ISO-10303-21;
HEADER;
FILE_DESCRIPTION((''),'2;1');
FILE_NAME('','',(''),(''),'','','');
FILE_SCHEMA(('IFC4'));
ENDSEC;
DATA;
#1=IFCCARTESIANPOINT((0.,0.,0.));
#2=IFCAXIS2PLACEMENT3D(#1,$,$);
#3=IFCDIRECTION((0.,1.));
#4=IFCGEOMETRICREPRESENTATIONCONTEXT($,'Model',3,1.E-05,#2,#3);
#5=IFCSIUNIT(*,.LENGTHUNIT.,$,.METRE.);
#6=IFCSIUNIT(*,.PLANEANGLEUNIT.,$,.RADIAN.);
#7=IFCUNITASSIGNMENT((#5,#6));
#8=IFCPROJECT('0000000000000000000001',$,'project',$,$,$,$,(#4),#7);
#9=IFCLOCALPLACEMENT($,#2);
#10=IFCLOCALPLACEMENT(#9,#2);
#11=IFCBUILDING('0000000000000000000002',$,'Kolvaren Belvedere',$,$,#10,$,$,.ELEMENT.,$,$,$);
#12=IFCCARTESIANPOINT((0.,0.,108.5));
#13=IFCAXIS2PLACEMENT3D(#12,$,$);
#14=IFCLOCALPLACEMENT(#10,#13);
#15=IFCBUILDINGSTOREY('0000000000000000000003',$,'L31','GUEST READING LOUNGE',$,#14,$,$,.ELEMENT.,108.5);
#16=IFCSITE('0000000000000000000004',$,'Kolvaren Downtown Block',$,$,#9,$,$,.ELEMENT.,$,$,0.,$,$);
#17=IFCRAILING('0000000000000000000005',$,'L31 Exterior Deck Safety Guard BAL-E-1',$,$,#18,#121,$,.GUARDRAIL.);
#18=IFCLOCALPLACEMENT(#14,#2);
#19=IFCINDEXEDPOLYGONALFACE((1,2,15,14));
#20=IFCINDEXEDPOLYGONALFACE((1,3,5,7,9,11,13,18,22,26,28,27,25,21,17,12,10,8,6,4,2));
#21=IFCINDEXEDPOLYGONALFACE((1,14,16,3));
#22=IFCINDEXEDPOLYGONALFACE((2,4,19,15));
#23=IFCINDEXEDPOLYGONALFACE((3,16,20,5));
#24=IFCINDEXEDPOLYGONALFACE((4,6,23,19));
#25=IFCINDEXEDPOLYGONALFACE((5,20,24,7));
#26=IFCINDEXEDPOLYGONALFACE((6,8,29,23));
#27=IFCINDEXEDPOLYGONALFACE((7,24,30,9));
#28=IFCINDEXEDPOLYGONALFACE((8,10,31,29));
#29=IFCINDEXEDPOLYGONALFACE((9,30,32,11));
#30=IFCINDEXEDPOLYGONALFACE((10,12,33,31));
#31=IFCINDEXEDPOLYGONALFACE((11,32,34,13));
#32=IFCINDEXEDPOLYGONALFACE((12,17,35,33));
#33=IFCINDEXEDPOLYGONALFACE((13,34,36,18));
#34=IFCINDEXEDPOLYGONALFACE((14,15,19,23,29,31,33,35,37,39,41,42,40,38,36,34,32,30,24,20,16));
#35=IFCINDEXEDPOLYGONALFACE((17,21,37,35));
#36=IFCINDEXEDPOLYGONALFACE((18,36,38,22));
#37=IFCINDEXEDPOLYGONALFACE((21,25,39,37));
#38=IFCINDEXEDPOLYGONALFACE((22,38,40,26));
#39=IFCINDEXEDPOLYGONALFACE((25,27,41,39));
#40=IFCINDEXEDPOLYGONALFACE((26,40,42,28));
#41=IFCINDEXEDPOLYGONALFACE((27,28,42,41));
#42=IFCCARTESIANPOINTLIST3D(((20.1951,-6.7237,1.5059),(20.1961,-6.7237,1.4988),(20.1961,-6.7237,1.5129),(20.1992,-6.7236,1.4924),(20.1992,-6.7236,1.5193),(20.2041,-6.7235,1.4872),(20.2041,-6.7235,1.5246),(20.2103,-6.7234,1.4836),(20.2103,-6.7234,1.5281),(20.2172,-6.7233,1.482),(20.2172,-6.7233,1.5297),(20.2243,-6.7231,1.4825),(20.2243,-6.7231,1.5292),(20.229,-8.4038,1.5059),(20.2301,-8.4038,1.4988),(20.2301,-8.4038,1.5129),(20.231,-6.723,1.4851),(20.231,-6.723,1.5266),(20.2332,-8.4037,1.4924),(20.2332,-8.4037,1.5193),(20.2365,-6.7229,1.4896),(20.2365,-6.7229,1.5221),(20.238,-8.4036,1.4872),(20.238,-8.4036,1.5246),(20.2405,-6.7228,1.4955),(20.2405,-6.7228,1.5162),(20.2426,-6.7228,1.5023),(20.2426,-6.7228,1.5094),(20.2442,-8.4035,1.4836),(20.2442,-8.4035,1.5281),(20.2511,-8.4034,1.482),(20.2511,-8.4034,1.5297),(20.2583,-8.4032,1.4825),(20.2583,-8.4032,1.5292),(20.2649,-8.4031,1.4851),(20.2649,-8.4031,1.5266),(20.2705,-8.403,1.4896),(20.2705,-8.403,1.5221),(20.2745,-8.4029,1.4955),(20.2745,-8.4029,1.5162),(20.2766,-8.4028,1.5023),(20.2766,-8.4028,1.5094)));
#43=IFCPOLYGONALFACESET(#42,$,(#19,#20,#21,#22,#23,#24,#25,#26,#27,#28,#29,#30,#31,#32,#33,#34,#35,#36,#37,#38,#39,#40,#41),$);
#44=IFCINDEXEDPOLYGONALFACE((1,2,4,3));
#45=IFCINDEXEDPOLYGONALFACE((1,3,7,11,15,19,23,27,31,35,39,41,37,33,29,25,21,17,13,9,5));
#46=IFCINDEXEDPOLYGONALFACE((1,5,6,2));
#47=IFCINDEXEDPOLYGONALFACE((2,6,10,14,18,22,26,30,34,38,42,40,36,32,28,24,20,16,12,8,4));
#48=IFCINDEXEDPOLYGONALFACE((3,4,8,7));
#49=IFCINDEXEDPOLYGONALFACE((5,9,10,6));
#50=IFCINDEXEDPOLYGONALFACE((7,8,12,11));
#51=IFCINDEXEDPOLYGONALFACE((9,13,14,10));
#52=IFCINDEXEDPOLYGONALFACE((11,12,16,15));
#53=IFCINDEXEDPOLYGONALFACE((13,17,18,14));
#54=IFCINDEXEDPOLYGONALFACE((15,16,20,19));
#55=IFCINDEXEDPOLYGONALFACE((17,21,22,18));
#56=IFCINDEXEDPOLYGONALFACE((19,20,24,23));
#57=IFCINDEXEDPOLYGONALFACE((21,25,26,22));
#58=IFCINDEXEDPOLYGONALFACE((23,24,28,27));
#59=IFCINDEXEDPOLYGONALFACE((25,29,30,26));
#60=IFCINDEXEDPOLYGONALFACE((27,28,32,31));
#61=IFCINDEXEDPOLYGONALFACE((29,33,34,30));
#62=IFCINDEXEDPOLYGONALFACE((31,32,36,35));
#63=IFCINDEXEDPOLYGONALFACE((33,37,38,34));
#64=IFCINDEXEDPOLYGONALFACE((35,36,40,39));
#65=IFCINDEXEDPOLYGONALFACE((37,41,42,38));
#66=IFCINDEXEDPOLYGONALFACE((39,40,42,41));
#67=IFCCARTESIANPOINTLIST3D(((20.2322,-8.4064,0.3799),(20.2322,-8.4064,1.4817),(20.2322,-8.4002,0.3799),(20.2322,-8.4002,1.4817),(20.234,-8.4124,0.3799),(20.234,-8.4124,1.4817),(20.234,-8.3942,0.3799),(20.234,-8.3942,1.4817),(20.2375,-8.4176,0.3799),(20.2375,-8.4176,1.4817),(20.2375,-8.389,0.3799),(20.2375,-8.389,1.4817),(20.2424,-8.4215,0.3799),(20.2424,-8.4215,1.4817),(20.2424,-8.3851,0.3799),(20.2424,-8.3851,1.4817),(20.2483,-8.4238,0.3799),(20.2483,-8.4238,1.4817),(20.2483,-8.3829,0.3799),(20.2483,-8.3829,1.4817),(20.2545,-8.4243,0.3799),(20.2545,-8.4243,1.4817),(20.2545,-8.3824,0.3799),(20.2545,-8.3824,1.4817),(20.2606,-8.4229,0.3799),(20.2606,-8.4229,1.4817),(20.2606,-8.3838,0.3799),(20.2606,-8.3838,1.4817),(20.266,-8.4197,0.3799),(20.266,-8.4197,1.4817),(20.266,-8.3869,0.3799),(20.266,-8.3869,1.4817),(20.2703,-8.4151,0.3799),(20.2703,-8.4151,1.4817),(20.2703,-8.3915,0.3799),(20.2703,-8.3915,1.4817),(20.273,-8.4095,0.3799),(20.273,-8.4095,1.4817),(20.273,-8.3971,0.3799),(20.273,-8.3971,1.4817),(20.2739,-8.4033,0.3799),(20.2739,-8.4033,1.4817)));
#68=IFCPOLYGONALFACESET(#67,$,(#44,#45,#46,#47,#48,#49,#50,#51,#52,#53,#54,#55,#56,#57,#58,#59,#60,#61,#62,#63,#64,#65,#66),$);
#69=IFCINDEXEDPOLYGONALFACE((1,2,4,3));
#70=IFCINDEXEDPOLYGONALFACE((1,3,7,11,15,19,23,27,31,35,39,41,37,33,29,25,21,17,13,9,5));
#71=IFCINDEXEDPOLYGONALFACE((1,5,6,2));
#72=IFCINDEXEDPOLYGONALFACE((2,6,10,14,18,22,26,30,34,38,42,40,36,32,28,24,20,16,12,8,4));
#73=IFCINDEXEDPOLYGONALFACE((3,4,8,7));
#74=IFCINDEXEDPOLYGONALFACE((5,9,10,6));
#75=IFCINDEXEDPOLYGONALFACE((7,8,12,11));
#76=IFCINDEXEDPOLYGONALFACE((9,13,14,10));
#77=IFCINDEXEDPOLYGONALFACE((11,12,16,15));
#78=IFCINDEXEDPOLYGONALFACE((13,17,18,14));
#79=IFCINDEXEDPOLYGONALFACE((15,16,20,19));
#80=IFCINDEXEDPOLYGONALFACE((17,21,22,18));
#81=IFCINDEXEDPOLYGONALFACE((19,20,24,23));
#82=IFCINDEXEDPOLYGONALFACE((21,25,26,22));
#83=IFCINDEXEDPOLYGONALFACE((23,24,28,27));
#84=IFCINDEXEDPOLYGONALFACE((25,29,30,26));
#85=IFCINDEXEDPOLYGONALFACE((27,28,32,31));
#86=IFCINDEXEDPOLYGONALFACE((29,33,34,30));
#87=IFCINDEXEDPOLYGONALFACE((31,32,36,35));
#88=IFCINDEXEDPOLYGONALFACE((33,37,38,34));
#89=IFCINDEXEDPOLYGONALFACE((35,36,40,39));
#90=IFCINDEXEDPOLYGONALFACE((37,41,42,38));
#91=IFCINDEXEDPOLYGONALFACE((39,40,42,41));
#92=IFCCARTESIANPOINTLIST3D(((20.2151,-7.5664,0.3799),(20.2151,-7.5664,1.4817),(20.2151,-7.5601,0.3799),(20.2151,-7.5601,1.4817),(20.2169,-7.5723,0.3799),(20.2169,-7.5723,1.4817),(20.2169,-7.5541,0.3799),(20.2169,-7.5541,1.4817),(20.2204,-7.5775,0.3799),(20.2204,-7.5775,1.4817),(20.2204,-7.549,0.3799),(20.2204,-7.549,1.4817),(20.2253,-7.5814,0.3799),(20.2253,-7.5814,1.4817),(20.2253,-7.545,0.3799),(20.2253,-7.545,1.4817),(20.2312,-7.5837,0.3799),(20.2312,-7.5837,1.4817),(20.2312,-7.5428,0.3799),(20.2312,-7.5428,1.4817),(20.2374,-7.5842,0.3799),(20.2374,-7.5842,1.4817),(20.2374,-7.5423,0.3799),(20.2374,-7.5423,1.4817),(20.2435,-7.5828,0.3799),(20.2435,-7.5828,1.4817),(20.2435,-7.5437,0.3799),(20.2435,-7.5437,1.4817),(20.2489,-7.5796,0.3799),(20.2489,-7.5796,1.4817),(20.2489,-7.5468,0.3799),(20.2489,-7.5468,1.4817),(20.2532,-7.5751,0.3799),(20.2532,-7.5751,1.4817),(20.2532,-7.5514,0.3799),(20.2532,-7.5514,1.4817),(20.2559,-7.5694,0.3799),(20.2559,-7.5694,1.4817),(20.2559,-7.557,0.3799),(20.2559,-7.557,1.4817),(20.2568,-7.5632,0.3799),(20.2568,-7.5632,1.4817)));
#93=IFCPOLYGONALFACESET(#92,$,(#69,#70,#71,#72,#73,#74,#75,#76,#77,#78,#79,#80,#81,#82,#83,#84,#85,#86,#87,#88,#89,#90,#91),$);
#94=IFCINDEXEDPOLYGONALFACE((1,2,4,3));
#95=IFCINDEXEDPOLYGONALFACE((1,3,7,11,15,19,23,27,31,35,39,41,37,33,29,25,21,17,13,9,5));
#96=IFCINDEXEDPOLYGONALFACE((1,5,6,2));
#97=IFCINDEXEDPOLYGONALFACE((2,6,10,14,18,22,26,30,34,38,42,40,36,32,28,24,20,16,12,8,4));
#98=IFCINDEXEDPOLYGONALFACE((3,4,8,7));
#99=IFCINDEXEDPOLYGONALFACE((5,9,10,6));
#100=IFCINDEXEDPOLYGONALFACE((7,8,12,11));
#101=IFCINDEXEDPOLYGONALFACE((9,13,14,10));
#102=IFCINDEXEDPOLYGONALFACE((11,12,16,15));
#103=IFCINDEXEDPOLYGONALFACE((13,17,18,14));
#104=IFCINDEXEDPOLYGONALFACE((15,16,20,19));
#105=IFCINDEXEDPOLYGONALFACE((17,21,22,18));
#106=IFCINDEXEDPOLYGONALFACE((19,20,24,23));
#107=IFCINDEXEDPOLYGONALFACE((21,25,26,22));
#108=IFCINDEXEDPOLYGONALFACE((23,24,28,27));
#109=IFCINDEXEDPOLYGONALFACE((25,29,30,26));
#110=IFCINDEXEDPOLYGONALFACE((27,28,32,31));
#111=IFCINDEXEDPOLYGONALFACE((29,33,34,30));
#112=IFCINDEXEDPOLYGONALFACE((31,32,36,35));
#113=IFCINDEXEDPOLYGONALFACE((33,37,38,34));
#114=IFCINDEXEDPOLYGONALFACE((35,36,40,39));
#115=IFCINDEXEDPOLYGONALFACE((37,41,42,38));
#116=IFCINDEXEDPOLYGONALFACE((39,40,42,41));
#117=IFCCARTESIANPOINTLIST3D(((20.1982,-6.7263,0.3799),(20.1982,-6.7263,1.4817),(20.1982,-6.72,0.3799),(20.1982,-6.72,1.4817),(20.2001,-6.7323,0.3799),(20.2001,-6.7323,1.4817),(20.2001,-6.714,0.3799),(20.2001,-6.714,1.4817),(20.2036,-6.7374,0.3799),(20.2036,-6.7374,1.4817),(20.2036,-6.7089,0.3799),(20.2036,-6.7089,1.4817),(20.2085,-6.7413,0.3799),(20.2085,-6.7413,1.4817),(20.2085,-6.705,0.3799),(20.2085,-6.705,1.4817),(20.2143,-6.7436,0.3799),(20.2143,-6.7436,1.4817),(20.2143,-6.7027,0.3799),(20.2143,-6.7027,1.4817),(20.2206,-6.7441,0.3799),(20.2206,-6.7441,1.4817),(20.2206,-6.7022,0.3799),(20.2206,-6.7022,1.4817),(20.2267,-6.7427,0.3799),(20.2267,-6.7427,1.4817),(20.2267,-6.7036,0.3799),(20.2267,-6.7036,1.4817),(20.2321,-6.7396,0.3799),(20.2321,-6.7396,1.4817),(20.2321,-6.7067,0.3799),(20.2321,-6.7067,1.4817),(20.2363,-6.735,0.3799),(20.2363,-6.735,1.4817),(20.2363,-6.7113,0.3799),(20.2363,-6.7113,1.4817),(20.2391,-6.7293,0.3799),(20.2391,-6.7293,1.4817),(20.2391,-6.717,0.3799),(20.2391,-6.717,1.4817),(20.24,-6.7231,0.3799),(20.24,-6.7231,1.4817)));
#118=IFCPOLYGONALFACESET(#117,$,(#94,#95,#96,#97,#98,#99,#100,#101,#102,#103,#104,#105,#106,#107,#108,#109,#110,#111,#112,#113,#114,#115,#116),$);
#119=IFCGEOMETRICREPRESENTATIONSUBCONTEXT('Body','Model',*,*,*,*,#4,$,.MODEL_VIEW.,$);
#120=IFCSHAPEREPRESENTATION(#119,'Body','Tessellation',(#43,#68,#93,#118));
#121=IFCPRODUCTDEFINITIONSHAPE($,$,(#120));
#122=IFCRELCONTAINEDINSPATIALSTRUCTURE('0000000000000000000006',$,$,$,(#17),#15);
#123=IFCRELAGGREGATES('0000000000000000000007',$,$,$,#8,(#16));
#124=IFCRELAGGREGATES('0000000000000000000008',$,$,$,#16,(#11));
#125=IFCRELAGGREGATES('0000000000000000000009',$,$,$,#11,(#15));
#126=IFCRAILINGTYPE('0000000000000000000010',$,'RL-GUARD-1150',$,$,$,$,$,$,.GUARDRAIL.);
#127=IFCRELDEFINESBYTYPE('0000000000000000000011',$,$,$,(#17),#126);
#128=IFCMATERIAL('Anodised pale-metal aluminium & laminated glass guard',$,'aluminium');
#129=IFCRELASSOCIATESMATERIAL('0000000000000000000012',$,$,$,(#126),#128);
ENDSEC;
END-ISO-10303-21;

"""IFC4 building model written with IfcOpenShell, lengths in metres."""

from ifc_helpers import new_model, si_unit, direction, frame, origin, origin_2d, place, context, subcontext, project, spatial, circle, extrude, material, type_object, element, save


model = new_model("IFC4")

# Units and contexts
model_context = context("Model", 3, precision=1e-05, world=origin(), true_north=direction((0.0, 1.0)))
body_context = subcontext(model_context, "Body", "Model", "MODEL_VIEW")
ifc_project = project(units=[si_unit("LENGTHUNIT", "METRE"), si_unit("PLANEANGLEUNIT", "RADIAN")], contexts=[model_context])

# Site, building, storey
site_placement = place(None, origin())
site = spatial("IfcSite", under=ifc_project, at=site_placement, Name="Kolvaren Downtown Block", CompositionType="ELEMENT", RefElevation=0.0)
building_placement = place(site_placement, origin())
building = spatial("IfcBuilding", under=site, at=building_placement, Name="Kolvaren Belvedere", CompositionType="ELEMENT")
storey_placement = place(building_placement, frame((0.0, 0.0, 108.5)))
storey = spatial("IfcBuildingStorey", under=building, at=storey_placement, Name="L31", Description="GUEST READING LOUNGE", CompositionType="ELEMENT", Elevation=108.5)

# Railing
ifc_material_1 = material(Name="Anodised pale-metal aluminium & laminated glass guard", Category="aluminium")
railing_type = type_object("IfcRailingType", Name="RL-GUARD-1150", PredefinedType="GUARDRAIL", material=ifc_material_1)
railing_1_placement = place(storey_placement, frame((20.2529, -8.4033, 0.3799)))
element("IfcRailing", 1, at=railing_1_placement, inside=storey, type_object=railing_type, Name="L31 Exterior Deck Safety Guard BAL-E-1", PredefinedType="GUARDRAIL", context=body_context, shape_type="SweptSolid", body=[
    extrude(circle(Radius=0.0239, at=origin_2d()), frame((0.0, 0.0, 1.126), z_axis=(-0.020193, 0.999796, 0.0), x_axis=(-0.999796, -0.020193, 0.0)), (0.0, 0.0, 1.0), 1.6804),
    extrude(circle(Radius=0.021, at=origin_2d()), origin(), (0.0, 0.0, 1.0), 1.1018),
    extrude(circle(Radius=0.021, at=origin_2d()), frame((-0.0171, 0.8401, 0.0)), (0.0, 0.0, 1.0), 1.1018),
    extrude(circle(Radius=0.021, at=origin_2d()), frame((-0.0339, 1.6802, 0.0)), (0.0, 0.0, 1.0), 1.1018),
])

save(model, "model.ifc")
